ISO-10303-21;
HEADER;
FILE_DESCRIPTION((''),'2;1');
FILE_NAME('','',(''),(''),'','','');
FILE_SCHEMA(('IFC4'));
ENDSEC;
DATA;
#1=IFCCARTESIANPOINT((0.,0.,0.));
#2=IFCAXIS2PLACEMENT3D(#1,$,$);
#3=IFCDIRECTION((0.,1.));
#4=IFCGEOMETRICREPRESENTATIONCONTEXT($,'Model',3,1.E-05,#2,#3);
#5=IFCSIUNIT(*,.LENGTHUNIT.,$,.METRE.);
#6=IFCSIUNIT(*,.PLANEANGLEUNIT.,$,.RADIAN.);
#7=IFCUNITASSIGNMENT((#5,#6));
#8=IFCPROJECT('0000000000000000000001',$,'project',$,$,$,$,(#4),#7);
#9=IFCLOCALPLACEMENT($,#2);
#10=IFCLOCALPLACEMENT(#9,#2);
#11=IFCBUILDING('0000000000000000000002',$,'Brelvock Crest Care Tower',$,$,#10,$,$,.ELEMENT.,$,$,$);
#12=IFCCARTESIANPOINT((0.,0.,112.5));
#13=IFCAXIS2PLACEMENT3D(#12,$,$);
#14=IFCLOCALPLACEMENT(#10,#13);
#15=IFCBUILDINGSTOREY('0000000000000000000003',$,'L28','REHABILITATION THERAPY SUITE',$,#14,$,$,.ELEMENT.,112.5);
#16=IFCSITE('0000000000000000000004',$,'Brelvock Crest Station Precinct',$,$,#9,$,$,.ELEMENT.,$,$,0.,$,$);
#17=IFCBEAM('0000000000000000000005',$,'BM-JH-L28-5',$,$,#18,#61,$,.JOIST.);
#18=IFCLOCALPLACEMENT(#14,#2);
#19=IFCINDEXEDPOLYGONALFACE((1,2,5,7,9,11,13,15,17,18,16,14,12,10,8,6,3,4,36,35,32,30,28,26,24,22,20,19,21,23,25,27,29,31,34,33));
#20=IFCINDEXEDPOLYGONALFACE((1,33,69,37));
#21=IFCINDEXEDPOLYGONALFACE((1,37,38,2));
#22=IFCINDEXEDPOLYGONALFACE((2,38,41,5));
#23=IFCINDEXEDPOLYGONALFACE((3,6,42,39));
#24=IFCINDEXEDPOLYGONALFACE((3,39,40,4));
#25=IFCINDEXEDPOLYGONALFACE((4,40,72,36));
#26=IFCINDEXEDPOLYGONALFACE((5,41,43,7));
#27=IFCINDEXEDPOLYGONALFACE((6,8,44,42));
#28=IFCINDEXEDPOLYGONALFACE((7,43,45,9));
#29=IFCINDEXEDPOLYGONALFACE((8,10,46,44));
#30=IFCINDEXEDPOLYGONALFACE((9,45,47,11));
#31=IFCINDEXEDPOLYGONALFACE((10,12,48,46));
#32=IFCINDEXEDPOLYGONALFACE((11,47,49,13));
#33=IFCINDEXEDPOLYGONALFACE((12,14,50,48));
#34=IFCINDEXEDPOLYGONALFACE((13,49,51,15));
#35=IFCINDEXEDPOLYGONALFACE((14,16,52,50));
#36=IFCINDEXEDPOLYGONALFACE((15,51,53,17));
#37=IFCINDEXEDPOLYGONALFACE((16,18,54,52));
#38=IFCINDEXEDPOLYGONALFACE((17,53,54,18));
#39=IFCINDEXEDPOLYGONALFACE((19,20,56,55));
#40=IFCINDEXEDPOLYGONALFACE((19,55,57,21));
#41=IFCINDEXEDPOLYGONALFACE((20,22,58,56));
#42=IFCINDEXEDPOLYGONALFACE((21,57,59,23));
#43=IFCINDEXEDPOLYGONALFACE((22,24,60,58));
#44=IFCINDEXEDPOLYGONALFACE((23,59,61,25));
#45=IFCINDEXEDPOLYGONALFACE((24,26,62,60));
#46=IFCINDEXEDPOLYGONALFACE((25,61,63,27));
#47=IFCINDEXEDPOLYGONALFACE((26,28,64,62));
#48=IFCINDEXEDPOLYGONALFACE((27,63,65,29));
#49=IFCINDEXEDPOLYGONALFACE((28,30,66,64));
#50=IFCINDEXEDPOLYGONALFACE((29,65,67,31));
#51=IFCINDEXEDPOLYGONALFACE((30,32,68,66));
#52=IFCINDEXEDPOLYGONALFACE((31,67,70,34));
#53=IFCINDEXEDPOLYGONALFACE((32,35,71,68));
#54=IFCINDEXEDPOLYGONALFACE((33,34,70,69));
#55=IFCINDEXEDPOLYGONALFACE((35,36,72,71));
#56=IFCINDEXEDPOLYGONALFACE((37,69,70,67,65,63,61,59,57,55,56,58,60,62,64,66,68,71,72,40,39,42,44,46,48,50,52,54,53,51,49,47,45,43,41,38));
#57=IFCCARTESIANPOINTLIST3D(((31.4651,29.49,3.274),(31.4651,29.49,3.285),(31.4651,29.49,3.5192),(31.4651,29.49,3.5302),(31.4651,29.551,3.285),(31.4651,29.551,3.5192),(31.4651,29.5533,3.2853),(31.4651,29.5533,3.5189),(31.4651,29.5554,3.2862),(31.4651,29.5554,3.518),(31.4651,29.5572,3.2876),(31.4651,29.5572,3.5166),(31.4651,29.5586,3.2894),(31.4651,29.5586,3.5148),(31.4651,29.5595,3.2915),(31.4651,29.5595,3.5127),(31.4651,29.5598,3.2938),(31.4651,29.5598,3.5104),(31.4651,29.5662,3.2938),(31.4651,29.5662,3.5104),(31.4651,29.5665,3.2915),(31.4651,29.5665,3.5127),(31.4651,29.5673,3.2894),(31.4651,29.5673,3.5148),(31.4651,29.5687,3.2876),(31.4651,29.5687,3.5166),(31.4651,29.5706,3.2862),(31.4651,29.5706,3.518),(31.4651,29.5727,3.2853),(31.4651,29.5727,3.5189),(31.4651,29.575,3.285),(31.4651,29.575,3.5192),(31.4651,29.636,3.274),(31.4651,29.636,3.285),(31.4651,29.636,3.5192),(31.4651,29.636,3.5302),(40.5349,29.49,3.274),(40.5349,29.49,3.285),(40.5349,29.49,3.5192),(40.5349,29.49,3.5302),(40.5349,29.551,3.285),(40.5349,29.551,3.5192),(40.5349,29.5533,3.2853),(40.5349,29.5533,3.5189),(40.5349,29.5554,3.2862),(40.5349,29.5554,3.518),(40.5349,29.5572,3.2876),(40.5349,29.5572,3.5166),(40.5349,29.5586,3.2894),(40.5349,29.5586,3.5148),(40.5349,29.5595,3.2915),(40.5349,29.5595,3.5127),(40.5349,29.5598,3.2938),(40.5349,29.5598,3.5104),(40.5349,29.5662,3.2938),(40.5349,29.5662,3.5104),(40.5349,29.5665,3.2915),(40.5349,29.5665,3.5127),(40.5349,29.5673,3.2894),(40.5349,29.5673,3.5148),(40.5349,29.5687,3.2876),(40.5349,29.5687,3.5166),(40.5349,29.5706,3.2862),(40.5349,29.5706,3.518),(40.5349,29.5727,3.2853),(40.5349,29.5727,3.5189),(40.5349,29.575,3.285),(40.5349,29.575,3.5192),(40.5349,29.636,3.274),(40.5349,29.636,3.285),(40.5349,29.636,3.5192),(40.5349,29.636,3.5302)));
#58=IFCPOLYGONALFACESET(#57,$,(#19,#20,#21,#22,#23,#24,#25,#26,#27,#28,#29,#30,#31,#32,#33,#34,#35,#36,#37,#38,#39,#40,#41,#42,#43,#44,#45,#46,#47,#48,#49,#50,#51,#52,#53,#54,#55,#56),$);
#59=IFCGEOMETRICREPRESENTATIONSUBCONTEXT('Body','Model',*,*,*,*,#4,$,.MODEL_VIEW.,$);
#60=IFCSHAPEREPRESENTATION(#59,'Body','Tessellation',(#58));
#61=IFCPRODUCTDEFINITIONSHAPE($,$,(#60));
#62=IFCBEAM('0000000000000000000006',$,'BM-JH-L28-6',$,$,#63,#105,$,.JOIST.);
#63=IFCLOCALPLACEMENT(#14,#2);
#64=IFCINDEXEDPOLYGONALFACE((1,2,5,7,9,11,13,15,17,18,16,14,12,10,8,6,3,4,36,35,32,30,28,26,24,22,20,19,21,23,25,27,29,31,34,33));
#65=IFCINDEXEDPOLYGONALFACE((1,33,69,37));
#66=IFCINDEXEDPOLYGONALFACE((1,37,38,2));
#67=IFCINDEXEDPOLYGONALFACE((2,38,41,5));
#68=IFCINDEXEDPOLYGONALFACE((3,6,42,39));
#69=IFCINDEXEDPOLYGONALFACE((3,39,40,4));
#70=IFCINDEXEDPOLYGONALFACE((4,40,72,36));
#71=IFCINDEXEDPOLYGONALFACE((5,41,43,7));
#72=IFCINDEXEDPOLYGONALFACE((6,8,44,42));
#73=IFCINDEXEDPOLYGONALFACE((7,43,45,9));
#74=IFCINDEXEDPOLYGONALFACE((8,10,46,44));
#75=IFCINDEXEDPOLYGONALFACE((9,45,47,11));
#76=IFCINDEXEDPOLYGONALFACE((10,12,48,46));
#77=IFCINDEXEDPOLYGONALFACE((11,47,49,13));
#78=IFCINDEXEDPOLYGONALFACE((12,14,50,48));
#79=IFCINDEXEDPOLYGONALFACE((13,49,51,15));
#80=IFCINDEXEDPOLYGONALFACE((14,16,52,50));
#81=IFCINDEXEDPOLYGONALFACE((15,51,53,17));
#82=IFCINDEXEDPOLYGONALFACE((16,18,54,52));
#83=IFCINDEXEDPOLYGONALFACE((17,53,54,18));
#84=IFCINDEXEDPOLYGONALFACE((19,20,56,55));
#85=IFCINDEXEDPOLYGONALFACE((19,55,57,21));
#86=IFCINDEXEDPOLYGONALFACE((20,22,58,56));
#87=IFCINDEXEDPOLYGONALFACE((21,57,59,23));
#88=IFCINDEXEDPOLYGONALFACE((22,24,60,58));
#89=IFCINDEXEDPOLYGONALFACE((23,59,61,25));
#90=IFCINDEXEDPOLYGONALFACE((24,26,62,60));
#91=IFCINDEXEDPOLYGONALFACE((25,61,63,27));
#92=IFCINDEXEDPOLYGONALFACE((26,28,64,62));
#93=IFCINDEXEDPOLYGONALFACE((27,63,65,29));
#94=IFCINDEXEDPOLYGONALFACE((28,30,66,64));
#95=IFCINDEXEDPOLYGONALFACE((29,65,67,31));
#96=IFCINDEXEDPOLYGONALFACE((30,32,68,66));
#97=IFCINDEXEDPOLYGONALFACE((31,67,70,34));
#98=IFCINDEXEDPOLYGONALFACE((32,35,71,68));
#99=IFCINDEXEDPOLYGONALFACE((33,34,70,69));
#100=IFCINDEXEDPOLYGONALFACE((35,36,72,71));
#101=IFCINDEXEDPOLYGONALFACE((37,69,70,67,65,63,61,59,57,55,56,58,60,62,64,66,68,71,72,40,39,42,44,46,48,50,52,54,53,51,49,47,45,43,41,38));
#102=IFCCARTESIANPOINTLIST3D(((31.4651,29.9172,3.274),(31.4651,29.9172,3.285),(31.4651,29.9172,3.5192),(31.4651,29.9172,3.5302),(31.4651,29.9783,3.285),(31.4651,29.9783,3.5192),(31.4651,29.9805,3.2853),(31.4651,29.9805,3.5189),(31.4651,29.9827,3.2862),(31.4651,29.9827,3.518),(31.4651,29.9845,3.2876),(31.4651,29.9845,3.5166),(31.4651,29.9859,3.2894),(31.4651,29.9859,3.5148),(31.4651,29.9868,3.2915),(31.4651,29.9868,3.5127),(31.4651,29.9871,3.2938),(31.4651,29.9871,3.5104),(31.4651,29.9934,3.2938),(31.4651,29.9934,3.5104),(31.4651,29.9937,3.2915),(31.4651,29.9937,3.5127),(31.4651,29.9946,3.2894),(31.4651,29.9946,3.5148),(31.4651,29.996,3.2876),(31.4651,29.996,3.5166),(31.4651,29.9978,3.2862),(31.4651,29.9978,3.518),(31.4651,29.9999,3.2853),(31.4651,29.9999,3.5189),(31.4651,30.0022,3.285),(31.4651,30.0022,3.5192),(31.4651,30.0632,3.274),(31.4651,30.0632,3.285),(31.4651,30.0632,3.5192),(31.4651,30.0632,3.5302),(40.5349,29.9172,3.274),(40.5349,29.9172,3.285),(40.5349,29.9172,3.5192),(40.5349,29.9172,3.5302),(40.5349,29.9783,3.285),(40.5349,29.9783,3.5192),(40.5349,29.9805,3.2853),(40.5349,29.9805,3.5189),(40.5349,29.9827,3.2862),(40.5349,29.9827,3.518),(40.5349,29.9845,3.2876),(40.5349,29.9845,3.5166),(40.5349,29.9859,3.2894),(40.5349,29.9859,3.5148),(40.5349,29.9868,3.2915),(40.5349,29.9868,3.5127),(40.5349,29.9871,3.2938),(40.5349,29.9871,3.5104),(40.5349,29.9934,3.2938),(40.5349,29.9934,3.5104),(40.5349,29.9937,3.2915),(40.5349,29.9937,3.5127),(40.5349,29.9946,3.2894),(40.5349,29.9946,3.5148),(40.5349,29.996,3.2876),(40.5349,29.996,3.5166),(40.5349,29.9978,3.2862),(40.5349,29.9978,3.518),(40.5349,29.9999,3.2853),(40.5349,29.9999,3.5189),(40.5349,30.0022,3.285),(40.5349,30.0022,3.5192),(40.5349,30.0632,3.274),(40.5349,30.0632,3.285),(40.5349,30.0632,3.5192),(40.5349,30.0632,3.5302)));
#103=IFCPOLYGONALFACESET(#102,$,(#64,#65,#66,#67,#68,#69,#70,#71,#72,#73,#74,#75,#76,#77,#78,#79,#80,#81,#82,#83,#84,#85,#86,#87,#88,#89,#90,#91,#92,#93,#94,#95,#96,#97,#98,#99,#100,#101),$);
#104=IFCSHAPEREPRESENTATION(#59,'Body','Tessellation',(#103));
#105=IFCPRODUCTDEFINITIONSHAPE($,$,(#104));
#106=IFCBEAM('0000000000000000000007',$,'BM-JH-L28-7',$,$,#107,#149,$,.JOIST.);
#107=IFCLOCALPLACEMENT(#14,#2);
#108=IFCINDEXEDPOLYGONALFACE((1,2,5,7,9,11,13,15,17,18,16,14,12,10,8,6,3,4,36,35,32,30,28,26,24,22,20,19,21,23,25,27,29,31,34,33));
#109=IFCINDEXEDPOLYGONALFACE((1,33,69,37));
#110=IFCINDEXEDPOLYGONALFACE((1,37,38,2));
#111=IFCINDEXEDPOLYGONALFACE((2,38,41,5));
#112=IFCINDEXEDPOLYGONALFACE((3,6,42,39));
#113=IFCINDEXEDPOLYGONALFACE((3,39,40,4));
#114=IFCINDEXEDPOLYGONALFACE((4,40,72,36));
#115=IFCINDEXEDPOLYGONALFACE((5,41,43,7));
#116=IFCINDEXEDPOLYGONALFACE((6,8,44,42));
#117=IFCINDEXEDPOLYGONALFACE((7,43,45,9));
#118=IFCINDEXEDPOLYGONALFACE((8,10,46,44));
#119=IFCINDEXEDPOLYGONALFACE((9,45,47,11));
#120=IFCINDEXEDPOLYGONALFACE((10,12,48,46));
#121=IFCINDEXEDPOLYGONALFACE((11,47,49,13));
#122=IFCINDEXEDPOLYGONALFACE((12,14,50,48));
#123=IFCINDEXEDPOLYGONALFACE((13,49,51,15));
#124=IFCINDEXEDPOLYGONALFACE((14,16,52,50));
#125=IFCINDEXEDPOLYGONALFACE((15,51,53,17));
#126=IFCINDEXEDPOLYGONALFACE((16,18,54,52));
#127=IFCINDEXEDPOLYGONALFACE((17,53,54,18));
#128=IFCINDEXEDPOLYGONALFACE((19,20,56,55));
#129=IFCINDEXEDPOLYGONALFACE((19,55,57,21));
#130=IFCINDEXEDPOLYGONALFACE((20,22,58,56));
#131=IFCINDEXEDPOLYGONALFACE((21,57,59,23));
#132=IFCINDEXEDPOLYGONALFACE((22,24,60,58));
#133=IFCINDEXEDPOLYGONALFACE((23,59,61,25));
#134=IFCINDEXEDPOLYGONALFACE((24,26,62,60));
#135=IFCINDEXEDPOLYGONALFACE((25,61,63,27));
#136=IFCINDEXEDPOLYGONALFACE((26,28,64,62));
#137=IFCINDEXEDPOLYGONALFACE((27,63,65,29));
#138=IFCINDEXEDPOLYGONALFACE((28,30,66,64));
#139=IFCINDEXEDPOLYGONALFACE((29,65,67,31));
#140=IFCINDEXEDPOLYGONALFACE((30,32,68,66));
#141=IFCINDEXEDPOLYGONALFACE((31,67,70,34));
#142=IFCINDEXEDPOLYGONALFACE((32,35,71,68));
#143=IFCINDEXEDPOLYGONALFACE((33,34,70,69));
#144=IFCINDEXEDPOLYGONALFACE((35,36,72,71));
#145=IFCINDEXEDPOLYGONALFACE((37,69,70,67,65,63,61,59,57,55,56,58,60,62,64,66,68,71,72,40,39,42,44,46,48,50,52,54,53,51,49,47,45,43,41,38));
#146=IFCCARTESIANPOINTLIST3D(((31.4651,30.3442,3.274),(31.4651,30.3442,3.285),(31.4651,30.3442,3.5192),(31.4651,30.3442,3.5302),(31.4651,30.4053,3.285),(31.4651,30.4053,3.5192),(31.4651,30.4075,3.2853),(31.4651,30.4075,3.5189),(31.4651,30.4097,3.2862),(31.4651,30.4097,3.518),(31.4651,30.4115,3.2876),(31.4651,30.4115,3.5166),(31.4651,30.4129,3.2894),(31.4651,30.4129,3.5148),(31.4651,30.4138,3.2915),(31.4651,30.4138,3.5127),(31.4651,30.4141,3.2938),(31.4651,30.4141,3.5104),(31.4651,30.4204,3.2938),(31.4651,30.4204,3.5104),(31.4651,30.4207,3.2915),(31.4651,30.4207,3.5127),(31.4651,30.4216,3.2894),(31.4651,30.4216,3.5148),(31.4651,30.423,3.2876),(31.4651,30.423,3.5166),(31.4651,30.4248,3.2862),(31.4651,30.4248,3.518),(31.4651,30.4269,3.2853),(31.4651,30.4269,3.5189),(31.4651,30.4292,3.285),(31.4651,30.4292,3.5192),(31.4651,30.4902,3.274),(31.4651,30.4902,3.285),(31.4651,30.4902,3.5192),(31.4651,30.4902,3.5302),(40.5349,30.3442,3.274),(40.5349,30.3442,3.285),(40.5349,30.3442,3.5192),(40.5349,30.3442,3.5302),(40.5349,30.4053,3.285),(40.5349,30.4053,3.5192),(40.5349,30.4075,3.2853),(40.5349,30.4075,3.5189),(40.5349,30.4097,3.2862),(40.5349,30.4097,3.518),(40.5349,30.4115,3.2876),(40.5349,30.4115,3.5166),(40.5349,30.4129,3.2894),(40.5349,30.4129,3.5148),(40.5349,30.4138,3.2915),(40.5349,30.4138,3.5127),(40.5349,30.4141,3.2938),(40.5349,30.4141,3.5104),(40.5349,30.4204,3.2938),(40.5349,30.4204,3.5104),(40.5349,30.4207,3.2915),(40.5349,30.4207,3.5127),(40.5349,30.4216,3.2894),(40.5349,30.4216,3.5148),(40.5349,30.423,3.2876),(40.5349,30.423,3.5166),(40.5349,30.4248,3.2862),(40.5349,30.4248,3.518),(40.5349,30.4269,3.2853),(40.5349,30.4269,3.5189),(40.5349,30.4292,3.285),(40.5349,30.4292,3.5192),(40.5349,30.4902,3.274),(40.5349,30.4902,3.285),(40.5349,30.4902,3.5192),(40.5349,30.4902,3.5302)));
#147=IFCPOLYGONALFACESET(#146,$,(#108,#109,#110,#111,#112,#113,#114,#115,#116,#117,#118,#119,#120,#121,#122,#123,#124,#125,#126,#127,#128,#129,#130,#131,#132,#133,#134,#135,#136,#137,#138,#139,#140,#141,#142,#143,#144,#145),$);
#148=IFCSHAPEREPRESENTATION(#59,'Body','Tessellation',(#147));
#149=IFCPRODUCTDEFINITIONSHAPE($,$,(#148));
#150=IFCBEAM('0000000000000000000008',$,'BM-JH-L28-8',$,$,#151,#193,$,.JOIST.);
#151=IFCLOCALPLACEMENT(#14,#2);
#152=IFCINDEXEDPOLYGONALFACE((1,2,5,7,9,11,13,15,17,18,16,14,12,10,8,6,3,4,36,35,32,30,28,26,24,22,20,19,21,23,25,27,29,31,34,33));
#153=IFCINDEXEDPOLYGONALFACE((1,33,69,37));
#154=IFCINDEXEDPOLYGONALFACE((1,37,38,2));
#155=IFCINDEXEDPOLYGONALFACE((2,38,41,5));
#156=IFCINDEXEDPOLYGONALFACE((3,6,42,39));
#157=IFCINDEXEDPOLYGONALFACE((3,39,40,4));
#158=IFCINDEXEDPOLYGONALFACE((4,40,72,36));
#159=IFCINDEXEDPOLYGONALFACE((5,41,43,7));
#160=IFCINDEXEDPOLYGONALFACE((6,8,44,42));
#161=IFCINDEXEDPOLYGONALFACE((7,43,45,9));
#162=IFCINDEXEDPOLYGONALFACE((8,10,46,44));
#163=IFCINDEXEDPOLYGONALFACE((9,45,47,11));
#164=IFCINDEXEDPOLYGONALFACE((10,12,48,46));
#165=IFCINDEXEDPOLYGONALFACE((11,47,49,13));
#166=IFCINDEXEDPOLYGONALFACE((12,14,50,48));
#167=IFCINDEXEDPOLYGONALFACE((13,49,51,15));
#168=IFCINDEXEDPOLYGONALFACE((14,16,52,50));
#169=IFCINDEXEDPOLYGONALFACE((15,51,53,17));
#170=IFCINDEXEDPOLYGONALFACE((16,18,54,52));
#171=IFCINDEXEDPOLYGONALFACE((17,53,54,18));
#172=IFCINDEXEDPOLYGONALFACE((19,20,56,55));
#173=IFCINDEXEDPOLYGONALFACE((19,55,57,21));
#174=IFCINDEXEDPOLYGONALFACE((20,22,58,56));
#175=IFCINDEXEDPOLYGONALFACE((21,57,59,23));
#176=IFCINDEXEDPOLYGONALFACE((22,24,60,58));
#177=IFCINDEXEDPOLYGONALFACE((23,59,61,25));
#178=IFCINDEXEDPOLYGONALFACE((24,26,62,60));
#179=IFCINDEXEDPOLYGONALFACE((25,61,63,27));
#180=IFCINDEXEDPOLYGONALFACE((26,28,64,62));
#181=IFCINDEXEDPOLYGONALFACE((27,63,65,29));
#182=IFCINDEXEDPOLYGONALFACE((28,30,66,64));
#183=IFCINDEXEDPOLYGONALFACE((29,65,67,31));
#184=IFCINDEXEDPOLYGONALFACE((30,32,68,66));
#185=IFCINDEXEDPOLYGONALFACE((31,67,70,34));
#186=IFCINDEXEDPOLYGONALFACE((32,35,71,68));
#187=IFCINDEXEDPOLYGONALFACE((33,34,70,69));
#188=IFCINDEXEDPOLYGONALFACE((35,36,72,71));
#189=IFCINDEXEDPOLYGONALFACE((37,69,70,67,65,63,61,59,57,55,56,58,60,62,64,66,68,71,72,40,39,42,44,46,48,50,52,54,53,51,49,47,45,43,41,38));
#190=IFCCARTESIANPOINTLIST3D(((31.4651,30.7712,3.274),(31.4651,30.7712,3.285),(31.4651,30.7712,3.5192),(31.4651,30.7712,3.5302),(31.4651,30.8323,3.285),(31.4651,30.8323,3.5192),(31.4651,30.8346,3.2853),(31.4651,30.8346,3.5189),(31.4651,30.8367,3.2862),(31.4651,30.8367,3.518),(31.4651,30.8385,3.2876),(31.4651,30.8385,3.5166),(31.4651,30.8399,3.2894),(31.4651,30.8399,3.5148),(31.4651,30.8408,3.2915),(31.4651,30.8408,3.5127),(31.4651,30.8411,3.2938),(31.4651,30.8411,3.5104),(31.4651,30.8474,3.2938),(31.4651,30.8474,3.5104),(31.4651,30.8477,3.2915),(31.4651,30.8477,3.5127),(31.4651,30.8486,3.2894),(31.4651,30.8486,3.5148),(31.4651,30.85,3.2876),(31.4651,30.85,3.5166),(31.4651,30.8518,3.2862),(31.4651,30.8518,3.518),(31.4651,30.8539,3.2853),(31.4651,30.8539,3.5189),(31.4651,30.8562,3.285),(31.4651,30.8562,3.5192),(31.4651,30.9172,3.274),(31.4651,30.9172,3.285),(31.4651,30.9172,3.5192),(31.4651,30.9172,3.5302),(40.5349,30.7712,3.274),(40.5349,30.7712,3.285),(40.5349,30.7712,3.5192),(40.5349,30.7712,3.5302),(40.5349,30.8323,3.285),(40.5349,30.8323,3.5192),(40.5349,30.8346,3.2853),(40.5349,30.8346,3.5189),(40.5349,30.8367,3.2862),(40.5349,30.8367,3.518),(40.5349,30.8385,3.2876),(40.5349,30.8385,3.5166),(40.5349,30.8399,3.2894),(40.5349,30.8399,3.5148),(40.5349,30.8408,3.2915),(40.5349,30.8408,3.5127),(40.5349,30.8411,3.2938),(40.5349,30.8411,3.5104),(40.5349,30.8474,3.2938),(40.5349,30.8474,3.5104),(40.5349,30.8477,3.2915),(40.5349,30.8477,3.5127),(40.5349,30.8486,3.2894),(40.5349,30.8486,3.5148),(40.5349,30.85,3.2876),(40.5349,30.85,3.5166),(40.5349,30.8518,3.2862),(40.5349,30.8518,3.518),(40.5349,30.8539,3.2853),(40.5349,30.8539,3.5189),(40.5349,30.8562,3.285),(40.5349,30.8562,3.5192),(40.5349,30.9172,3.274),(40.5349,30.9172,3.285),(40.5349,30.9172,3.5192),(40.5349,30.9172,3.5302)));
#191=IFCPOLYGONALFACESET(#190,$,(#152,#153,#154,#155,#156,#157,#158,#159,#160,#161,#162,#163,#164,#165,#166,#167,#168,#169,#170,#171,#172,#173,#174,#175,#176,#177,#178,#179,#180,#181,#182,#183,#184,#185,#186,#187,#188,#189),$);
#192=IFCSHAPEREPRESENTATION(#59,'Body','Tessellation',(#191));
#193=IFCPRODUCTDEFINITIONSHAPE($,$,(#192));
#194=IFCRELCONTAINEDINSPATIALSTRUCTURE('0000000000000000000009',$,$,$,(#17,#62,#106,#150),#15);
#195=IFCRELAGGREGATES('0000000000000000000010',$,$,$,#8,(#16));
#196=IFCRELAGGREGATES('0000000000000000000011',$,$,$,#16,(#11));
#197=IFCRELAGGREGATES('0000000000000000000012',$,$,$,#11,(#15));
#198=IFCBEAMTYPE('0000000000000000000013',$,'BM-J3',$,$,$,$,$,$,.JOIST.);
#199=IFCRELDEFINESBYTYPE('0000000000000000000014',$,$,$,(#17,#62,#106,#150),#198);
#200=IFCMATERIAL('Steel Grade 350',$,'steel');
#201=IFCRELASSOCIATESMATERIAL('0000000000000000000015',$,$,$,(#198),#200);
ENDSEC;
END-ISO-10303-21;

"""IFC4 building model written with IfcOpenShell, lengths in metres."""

from ifc_helpers import new_model, si_unit, direction, frame, origin, origin_2d, place, context, subcontext, project, spatial, i_section, extrude, source, transform, mapped, material, material_profile, profile_set, type_object, element, save


model = new_model("IFC4")

# Units and contexts
model_context = context("Model", 3, precision=1e-05, world=origin(), true_north=direction((0.0, 1.0)))
body_context = subcontext(model_context, "Body", "Model", "MODEL_VIEW")
ifc_project = project(units=[si_unit("LENGTHUNIT", "METRE"), si_unit("PLANEANGLEUNIT", "RADIAN")], contexts=[model_context])

# Site, building, storey
site_placement = place(None, origin())
site = spatial("IfcSite", under=ifc_project, at=site_placement, Name="Brelvock Crest Station Precinct", CompositionType="ELEMENT", RefElevation=0.0)
building_placement = place(site_placement, origin())
building = spatial("IfcBuilding", under=site, at=building_placement, Name="Brelvock Crest Care Tower", CompositionType="ELEMENT")
storey_placement = place(building_placement, frame((0.0, 0.0, 112.5)))
storey = spatial("IfcBuildingStorey", under=building, at=storey_placement, Name="L28", Description="REHABILITATION THERAPY SUITE", CompositionType="ELEMENT", Elevation=112.5)

# Shared definitions
ifc_material_1 = material(Name="Steel Grade 350", Category="steel")

# Beams
ifc_material_profile_1 = material_profile(ifc_material_1, i_section(OverallWidth=0.146, OverallDepth=0.2561, WebThickness=0.0063, FlangeThickness=0.011, FilletRadius=0.0088, at=origin_2d()), Name="250UB37.3")
ifc_profile_set_1 = profile_set([ifc_material_profile_1], Name="Steel Grade 350")
beam_type_1 = type_object("IfcBeamType", Name="BM-J3", PredefinedType="JOIST", material=ifc_profile_set_1)
shared_shape_1 = source(origin(), body_context, "Body", "SweptSolid", [
    extrude(i_section(OverallWidth=0.146, OverallDepth=0.2561, WebThickness=0.0063, FlangeThickness=0.011, FilletRadius=0.0088, at=origin_2d()), origin(), (0.0, 0.0, 1.0), 9.0698),
])
for number, where, z_axis, x_axis, name in (
    (1, (31.4651, 29.563, 3.4021), (1.0, 0.0, 0.0), (0.0, 1.0, 0.0), "BM-JH-L28-5"),
    (2, (31.4651, 29.9902, 3.4021), (1.0, 0.0, 0.0), (0.0, 1.0, 0.0), "BM-JH-L28-6"),
    (3, (31.4651, 30.4172, 3.4021), (1.0, 0.0, 0.0), (0.0, 1.0, 0.0), "BM-JH-L28-7"),
    (4, (31.4651, 30.8442, 3.4021), (1.0, 0.0, 0.0), (0.0, 1.0, 0.0), "BM-JH-L28-8"),
):
    element("IfcBeam", number, at=place(storey_placement, frame(where, z_axis=z_axis, x_axis=x_axis)), inside=storey, type_object=beam_type_1, Name=name, PredefinedType="JOIST", context=body_context, shape_type="MappedRepresentation", body=[
        mapped(shared_shape_1, transform((0.0, 0.0, 0.0), x_axis=(1.0, 0.0, 0.0), y_axis=(0.0, 1.0, 0.0), z_axis=(0.0, 0.0, 1.0), scale=1.0)),
    ])

save(model, "model.ifc")
